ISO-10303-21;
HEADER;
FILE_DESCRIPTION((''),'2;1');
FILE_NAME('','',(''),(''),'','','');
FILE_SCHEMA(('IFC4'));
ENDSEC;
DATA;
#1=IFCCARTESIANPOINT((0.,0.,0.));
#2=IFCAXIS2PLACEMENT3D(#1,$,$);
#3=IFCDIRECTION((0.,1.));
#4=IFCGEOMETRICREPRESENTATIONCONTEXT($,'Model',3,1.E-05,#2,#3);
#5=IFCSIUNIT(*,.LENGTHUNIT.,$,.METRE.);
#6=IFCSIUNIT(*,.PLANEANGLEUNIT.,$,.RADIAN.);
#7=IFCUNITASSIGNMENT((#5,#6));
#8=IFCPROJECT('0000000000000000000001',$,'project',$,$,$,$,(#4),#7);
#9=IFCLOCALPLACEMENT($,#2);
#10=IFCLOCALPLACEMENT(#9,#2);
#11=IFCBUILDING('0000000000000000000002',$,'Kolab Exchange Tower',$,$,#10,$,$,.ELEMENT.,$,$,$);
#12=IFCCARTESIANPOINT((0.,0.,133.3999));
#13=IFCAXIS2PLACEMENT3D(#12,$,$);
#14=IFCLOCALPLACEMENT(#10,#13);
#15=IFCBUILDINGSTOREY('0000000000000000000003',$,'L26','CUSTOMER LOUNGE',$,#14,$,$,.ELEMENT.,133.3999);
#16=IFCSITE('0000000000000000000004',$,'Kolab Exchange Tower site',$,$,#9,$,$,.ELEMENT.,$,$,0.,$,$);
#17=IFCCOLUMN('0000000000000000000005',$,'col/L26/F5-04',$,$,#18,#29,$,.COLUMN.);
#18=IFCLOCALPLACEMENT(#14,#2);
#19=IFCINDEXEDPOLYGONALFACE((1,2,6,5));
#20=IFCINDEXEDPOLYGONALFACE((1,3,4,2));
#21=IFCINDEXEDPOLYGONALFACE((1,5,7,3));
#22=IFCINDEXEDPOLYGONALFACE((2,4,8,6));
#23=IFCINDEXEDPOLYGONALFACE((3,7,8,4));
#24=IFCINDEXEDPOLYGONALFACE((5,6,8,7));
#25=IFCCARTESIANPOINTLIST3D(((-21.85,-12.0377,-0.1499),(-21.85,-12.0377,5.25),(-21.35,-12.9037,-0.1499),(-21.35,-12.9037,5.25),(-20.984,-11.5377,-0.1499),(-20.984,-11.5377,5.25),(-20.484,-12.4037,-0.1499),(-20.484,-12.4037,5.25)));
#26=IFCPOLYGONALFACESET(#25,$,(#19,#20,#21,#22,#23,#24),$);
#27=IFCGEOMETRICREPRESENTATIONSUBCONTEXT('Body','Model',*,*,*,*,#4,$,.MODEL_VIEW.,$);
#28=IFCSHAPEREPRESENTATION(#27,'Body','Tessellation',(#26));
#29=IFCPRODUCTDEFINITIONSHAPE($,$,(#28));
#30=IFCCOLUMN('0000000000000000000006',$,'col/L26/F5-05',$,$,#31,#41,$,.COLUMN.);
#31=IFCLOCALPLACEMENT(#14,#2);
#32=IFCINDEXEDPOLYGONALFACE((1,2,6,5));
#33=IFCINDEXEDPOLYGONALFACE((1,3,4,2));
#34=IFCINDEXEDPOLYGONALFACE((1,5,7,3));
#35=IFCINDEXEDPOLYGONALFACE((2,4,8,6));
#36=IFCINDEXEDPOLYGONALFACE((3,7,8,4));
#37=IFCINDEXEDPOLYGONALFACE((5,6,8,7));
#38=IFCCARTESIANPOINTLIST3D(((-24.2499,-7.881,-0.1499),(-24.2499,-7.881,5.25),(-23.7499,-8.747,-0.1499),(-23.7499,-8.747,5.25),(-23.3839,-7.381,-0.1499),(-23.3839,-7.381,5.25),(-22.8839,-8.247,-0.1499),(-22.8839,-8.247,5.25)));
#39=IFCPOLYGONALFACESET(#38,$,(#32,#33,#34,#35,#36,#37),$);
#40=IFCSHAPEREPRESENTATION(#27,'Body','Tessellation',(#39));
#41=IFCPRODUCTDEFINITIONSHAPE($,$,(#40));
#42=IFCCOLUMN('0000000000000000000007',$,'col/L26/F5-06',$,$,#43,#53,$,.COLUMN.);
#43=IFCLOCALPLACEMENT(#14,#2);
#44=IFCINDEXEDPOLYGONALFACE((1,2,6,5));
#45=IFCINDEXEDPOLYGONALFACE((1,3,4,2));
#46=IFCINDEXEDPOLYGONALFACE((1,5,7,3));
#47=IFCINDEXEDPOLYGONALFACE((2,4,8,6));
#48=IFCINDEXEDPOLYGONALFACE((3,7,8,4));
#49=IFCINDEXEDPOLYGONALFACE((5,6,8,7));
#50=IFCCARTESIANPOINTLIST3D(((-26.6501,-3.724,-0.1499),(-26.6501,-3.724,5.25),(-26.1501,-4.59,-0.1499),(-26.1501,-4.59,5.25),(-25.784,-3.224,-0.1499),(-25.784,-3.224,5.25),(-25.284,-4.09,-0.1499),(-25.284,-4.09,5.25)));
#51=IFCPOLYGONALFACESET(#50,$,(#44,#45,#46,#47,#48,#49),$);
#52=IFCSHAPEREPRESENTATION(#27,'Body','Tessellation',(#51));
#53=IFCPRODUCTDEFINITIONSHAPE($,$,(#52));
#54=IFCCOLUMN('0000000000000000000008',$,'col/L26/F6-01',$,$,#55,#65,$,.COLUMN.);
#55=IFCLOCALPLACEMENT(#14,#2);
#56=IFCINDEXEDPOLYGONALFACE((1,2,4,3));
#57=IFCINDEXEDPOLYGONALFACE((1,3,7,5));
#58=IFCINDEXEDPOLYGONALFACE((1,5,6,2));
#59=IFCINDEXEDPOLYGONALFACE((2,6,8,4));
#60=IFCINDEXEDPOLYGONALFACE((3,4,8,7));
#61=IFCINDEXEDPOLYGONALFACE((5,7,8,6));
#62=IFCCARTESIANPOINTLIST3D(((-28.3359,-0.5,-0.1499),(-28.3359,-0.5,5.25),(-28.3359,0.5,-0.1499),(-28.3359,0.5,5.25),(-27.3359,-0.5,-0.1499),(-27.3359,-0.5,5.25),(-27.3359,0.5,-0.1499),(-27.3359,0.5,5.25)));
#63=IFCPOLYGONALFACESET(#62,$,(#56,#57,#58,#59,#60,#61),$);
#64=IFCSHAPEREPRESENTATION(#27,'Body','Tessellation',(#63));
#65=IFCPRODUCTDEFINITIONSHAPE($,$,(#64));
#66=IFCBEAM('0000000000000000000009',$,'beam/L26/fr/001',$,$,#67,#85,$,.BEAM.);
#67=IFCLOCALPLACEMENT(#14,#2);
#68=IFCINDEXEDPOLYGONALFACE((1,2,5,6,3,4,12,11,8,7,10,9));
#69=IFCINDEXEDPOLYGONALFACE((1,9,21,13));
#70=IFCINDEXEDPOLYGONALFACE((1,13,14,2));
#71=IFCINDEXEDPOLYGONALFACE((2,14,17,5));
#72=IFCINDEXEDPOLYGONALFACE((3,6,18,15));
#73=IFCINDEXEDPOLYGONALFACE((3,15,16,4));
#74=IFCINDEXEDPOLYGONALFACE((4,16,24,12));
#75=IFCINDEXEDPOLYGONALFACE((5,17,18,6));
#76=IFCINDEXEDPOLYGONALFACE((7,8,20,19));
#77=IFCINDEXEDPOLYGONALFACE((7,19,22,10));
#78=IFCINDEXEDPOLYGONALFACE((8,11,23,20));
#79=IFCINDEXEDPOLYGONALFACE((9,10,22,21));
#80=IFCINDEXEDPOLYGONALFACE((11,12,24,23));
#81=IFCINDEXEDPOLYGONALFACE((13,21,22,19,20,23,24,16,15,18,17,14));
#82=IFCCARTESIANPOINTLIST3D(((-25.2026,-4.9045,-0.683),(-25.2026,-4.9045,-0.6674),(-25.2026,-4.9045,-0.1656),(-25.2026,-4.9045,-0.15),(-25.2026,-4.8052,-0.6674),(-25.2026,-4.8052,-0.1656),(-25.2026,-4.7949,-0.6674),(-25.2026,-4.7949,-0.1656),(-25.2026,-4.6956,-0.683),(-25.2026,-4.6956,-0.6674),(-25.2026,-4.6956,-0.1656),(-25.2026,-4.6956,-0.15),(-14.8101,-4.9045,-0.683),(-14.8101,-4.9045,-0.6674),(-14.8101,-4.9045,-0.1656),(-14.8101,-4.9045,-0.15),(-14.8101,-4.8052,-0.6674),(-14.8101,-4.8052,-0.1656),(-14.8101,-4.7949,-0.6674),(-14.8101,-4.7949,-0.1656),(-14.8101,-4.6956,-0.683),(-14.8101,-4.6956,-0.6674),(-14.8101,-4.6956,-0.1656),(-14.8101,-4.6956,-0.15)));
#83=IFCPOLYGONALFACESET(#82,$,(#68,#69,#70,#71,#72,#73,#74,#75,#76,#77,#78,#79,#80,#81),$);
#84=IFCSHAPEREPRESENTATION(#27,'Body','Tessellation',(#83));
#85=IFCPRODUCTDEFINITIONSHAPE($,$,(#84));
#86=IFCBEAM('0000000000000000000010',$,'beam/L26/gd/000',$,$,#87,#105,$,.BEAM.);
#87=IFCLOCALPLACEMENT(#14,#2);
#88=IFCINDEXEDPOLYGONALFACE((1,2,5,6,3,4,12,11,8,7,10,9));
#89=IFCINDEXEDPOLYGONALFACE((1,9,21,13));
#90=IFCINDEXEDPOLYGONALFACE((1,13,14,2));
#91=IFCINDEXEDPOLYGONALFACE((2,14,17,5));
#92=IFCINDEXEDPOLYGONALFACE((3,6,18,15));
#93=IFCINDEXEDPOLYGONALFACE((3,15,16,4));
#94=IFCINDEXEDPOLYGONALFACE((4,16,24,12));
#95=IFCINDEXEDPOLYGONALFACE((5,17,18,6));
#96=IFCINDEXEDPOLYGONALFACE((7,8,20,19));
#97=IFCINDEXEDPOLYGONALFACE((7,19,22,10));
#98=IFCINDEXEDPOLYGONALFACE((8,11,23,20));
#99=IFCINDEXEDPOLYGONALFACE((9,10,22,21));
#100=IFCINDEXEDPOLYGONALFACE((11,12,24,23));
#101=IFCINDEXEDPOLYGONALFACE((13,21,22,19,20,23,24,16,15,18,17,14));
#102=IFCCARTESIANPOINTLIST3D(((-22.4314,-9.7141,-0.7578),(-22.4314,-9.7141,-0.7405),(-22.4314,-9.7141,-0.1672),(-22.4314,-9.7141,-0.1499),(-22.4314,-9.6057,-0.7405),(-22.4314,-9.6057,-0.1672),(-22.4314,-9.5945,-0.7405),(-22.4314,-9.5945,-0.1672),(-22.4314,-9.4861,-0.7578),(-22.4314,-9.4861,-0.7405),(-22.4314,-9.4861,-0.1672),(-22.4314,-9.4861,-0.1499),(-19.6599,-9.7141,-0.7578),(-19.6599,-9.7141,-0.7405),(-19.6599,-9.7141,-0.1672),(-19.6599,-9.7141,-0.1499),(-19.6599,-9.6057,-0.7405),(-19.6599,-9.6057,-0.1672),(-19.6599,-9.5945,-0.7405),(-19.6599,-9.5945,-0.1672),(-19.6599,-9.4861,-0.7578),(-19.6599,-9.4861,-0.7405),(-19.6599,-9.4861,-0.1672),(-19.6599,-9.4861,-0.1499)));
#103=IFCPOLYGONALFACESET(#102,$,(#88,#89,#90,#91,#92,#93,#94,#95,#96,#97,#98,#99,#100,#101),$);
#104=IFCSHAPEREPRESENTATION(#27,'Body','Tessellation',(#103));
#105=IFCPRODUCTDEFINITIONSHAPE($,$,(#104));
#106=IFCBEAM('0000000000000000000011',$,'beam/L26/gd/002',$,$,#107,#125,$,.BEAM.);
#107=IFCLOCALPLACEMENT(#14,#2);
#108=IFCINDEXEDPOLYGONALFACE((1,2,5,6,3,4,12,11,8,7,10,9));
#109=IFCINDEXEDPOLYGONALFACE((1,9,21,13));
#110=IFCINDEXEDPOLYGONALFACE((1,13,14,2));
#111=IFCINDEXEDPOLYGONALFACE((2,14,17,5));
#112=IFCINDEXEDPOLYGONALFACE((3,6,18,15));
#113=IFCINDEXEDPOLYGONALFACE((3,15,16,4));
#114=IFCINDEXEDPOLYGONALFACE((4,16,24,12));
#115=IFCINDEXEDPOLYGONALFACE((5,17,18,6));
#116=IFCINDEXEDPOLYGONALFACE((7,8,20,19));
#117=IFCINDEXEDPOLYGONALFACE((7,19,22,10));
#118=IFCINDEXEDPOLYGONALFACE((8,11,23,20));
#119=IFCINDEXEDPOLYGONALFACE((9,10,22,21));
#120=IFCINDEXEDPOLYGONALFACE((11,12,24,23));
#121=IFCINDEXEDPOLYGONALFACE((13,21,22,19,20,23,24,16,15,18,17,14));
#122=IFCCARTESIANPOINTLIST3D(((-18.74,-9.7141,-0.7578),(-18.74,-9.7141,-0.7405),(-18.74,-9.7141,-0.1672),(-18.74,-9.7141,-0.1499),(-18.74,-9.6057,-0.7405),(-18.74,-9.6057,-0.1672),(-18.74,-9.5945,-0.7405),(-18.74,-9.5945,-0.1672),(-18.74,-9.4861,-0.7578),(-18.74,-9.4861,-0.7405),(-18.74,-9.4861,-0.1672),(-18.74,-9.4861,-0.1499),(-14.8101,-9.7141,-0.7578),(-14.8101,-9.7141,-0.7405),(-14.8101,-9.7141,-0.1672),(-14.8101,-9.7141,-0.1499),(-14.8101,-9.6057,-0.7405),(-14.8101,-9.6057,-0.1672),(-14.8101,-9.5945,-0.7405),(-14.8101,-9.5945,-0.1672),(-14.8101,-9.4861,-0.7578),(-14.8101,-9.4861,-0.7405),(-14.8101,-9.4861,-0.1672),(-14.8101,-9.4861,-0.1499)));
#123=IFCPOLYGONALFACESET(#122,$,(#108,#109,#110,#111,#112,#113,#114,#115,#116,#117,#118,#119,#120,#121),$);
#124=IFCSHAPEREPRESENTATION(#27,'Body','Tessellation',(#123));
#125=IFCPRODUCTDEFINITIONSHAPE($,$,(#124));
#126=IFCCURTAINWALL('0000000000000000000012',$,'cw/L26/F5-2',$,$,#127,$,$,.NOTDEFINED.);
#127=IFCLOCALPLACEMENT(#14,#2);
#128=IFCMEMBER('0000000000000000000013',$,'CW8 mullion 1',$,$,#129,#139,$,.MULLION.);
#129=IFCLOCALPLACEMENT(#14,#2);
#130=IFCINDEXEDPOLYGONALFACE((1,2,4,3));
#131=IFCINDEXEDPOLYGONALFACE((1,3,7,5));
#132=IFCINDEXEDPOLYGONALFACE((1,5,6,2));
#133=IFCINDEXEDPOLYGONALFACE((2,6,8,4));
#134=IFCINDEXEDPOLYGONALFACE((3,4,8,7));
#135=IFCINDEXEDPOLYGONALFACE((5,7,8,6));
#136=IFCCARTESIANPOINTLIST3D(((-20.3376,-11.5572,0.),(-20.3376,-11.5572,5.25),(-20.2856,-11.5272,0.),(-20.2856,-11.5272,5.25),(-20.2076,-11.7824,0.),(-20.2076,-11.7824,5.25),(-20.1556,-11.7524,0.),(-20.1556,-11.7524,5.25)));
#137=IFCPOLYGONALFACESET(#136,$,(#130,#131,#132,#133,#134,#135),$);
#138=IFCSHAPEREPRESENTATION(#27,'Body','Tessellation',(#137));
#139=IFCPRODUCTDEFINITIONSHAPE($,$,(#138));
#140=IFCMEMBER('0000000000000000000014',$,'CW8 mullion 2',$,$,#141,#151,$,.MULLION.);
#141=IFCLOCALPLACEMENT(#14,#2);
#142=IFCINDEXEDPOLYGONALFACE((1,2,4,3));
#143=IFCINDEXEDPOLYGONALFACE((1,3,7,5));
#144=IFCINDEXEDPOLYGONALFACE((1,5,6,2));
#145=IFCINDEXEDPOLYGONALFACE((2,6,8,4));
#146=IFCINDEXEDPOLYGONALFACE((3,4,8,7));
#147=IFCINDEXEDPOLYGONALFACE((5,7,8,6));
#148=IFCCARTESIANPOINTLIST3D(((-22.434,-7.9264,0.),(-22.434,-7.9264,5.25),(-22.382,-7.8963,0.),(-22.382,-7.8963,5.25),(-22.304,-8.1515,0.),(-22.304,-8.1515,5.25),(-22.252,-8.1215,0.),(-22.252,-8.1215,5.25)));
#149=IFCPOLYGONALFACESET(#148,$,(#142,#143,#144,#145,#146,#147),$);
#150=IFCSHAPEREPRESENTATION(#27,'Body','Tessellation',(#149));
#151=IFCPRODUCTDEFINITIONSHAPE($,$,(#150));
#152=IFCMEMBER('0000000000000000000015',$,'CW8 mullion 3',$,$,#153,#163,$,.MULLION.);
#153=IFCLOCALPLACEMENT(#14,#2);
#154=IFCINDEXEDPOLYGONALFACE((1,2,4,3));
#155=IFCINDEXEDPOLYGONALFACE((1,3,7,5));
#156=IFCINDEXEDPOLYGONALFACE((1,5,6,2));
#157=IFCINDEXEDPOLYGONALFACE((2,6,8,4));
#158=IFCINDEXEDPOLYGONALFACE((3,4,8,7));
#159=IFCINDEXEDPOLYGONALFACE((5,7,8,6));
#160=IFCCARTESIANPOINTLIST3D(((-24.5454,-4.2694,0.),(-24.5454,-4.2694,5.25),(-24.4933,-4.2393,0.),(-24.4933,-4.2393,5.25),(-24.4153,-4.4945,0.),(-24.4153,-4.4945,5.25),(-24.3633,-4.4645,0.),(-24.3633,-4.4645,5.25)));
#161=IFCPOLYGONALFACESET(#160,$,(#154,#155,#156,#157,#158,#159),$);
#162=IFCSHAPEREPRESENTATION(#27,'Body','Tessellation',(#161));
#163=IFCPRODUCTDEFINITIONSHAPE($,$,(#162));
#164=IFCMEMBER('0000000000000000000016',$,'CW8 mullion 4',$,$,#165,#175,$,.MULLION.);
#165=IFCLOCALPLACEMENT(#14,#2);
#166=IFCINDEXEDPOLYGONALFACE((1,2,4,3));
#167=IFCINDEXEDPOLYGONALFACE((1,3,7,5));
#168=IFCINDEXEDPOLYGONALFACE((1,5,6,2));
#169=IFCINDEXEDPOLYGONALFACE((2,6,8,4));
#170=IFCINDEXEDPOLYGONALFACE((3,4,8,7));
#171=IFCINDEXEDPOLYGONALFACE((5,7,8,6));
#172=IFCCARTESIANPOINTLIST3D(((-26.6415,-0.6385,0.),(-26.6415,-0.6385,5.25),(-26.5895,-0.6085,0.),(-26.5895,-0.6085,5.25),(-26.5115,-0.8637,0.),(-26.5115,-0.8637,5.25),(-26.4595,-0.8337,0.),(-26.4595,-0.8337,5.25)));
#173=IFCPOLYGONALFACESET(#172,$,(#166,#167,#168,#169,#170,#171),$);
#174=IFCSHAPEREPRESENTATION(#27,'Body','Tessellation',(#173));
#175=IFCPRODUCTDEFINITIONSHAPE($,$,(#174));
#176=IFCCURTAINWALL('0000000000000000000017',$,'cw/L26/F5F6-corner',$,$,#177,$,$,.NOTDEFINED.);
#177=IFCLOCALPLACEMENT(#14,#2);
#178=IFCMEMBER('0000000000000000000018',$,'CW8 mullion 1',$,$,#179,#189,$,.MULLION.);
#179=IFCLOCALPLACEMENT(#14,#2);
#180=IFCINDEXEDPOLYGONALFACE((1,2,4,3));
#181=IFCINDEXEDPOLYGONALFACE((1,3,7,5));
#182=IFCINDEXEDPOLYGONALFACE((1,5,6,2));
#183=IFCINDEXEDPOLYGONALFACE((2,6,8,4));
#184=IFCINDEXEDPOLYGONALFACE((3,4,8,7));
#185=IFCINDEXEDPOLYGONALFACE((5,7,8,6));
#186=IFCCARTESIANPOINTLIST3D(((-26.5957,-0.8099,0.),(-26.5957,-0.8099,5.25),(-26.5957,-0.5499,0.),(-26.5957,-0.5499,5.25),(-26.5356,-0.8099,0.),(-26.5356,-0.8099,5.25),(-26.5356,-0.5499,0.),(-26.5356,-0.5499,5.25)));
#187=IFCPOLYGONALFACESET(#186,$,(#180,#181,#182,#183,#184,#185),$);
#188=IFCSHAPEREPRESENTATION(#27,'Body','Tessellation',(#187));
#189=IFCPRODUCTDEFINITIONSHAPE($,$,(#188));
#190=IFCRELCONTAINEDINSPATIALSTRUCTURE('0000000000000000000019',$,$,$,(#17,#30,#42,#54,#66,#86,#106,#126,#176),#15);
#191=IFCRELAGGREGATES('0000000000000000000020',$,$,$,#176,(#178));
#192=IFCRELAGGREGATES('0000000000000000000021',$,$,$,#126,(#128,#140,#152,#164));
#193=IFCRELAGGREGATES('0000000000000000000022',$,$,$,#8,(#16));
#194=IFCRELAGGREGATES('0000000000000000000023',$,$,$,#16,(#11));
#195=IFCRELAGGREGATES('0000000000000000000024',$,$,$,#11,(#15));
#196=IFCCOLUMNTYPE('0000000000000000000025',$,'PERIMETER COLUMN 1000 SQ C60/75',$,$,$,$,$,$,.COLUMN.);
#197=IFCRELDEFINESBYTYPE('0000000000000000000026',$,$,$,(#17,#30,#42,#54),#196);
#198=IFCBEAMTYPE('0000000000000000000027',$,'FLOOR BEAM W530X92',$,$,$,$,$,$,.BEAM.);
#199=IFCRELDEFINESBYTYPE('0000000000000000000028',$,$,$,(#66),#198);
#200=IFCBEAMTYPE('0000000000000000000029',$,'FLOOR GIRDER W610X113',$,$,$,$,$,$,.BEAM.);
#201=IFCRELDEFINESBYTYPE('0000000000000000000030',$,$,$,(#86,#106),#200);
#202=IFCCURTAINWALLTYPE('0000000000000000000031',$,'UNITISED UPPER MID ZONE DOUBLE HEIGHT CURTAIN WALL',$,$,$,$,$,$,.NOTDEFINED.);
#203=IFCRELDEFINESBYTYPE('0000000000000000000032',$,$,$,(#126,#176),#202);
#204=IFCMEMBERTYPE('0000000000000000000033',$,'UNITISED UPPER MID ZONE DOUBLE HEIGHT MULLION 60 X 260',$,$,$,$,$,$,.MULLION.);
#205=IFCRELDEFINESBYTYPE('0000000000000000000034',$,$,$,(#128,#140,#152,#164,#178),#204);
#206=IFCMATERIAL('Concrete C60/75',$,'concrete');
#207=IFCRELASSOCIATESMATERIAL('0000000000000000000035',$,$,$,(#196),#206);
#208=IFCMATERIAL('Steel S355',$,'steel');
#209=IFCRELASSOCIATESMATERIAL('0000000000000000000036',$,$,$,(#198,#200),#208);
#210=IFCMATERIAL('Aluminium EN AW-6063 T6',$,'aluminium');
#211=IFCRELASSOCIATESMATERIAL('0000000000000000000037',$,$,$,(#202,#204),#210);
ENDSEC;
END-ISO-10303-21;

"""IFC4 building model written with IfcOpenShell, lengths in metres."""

from ifc_helpers import new_model, si_unit, direction, frame, origin, origin_2d, place, context, subcontext, project, spatial, rectangle, i_section, extrude, material, material_profile, profile_set, type_object, element, aggregate, save


model = new_model("IFC4")

# Units and contexts
model_context = context("Model", 3, precision=1e-05, world=origin(), true_north=direction((0.0, 1.0)))
body_context = subcontext(model_context, "Body", "Model", "MODEL_VIEW")
ifc_project = project(units=[si_unit("LENGTHUNIT", "METRE"), si_unit("PLANEANGLEUNIT", "RADIAN")], contexts=[model_context])

# Site, building, storey
site_placement = place(None, origin())
site = spatial("IfcSite", under=ifc_project, at=site_placement, Name="Kolab Exchange Tower site", CompositionType="ELEMENT", RefElevation=0.0)
building_placement = place(site_placement, origin())
building = spatial("IfcBuilding", under=site, at=building_placement, Name="Kolab Exchange Tower", CompositionType="ELEMENT")
storey_placement = place(building_placement, frame((0.0, 0.0, 133.3999)))
storey = spatial("IfcBuildingStorey", under=building, at=storey_placement, Name="L26", Description="CUSTOMER LOUNGE", CompositionType="ELEMENT", Elevation=133.3999)

# Columns
ifc_material_1 = material(Name="Concrete C60/75", Category="concrete")
ifc_material_profile_1 = material_profile(ifc_material_1, rectangle(XDim=1.0, YDim=1.0, at=origin_2d()), Name="RC1000")
ifc_profile_set_1 = profile_set([ifc_material_profile_1], Name="Concrete C60/75")
column_type = type_object("IfcColumnType", Name="PERIMETER COLUMN 1000 SQ C60/75", PredefinedType="COLUMN", material=ifc_profile_set_1)
for number, where, z_axis, x_axis, name in (
    (1, (-21.167, -12.2207, -0.1499), (0.0, 0.0, 1.0), (0.866025, 0.5, 0.0), "col/L26/F5-04"),
    (2, (-23.5669, -8.064, -0.1499), (0.0, 0.0, 1.0), (0.866025, 0.5, 0.0), "col/L26/F5-05"),
    (3, (-25.967, -3.907, -0.1499), (0.0, 0.0, 1.0), (0.866025, 0.5, 0.0), "col/L26/F5-06"),
    (4, (-27.8359, 0.0, -0.1499), (0.0, 0.0, 1.0), (1.0, 0.0, 0.0), "col/L26/F6-01"),
):
    element("IfcColumn", number, at=place(storey_placement, frame(where, z_axis=z_axis, x_axis=x_axis)), inside=storey, type_object=column_type, Name=name, PredefinedType="COLUMN", context=body_context, shape_type="SweptSolid", body=[
        extrude(rectangle(XDim=1.0, YDim=1.0, at=origin_2d()), origin(), (0.0, 0.0, 1.0), 5.3999),
    ])

# Beams
ifc_material_2 = material(Name="Steel S355", Category="steel")
ifc_material_profile_2 = material_profile(ifc_material_2, i_section(OverallWidth=0.209, OverallDepth=0.533, WebThickness=0.0103, FlangeThickness=0.0156, at=origin_2d()), Name="W530X92")
ifc_profile_set_2 = profile_set([ifc_material_profile_2], Name="Steel S355")
beam_type_1 = type_object("IfcBeamType", Name="FLOOR BEAM W530X92", PredefinedType="BEAM", material=ifc_profile_set_2)
beam_1_placement = place(storey_placement, frame((-25.2026, -4.8, -0.4165), z_axis=(1.0, 0.0, 0.0), x_axis=(0.0, 1.0, 0.0)))
element("IfcBeam", 5, at=beam_1_placement, inside=storey, type_object=beam_type_1, Name="beam/L26/fr/001", PredefinedType="BEAM", context=body_context, shape_type="SweptSolid", body=[
    extrude(i_section(OverallWidth=0.209, OverallDepth=0.533, WebThickness=0.0103, FlangeThickness=0.0156, at=origin_2d()), origin(), (0.0, 0.0, 1.0), 10.3926),
])
ifc_material_profile_3 = material_profile(ifc_material_2, i_section(OverallWidth=0.228, OverallDepth=0.6079, WebThickness=0.0112, FlangeThickness=0.0173, at=origin_2d()), Name="W610X113")
ifc_profile_set_3 = profile_set([ifc_material_profile_3], Name="Steel S355")
beam_type_2 = type_object("IfcBeamType", Name="FLOOR GIRDER W610X113", PredefinedType="BEAM", material=ifc_profile_set_3)
beam_2_placement = place(storey_placement, frame((-22.4314, -9.6001, -0.4539), z_axis=(1.0, 0.0, 0.0), x_axis=(0.0, 1.0, 0.0)))
element("IfcBeam", 6, at=beam_2_placement, inside=storey, type_object=beam_type_2, Name="beam/L26/gd/000", PredefinedType="BEAM", context=body_context, shape_type="SweptSolid", body=[
    extrude(i_section(OverallWidth=0.228, OverallDepth=0.6079, WebThickness=0.0112, FlangeThickness=0.0173, at=origin_2d()), origin(), (0.0, 0.0, 1.0), 2.7715),
])
beam_3_placement = place(storey_placement, frame((-18.74, -9.6001, -0.4539), z_axis=(1.0, 0.0, 0.0), x_axis=(0.0, 1.0, 0.0)))
element("IfcBeam", 7, at=beam_3_placement, inside=storey, type_object=beam_type_2, Name="beam/L26/gd/002", PredefinedType="BEAM", context=body_context, shape_type="SweptSolid", body=[
    extrude(i_section(OverallWidth=0.228, OverallDepth=0.6079, WebThickness=0.0112, FlangeThickness=0.0173, at=origin_2d()), origin(), (0.0, 0.0, 1.0), 3.9299),
])

# Curtain wall, members
ifc_material_3 = material(Name="Aluminium EN AW-6063 T6", Category="aluminium")
curtain_wall_type = type_object("IfcCurtainWallType", Name="UNITISED UPPER MID ZONE DOUBLE HEIGHT CURTAIN WALL", PredefinedType="NOTDEFINED", material=ifc_material_3)
curtain_wall_1_placement = place(storey_placement, origin())
curtain_wall_1 = element("IfcCurtainWall", 8, at=curtain_wall_1_placement, inside=storey, type_object=curtain_wall_type, Name="cw/L26/F5-2", PredefinedType="NOTDEFINED")
ifc_material_profile_4 = material_profile(ifc_material_3, rectangle(XDim=0.0601, YDim=0.26, at=origin_2d()), Name="RECT 60X260")
ifc_profile_set_4 = profile_set([ifc_material_profile_4], Name="Aluminium EN AW-6063 T6")
member_type_1 = type_object("IfcMemberType", Name="UNITISED UPPER MID ZONE DOUBLE HEIGHT MULLION 60 X 260", PredefinedType="MULLION", material=ifc_profile_set_4)
member_1_placement = place(storey_placement, frame((-20.2466, -11.6548, 0.0), z_axis=(0.0, 0.0, 1.0), x_axis=(-0.866025, -0.5, 0.0)))
member_1 = element("IfcMember", 9, at=member_1_placement, type_object=member_type_1, Name="CW8 mullion 1", PredefinedType="MULLION", context=body_context, shape_type="SweptSolid", body=[
    extrude(rectangle(XDim=0.0601, YDim=0.26, at=origin_2d()), origin(), (0.0, 0.0, 1.0), 5.25),
])
member_2_placement = place(storey_placement, frame((-22.343, -8.0239, 0.0), z_axis=(0.0, 0.0, 1.0), x_axis=(-0.866025, -0.5, 0.0)))
member_2 = element("IfcMember", 10, at=member_2_placement, type_object=member_type_1, Name="CW8 mullion 2", PredefinedType="MULLION", context=body_context, shape_type="SweptSolid", body=[
    extrude(rectangle(XDim=0.0601, YDim=0.26, at=origin_2d()), origin(), (0.0, 0.0, 1.0), 5.25),
])
member_3_placement = place(storey_placement, frame((-24.4543, -4.3669, 0.0), z_axis=(0.0, 0.0, 1.0), x_axis=(-0.866025, -0.5, 0.0)))
member_3 = element("IfcMember", 11, at=member_3_placement, type_object=member_type_1, Name="CW8 mullion 3", PredefinedType="MULLION", context=body_context, shape_type="SweptSolid", body=[
    extrude(rectangle(XDim=0.0601, YDim=0.26, at=origin_2d()), origin(), (0.0, 0.0, 1.0), 5.25),
])
member_4_placement = place(storey_placement, frame((-26.5505, -0.7361, 0.0), z_axis=(0.0, 0.0, 1.0), x_axis=(-0.866025, -0.5, 0.0)))
member_4 = element("IfcMember", 12, at=member_4_placement, type_object=member_type_1, Name="CW8 mullion 4", PredefinedType="MULLION", context=body_context, shape_type="SweptSolid", body=[
    extrude(rectangle(XDim=0.0601, YDim=0.26, at=origin_2d()), origin(), (0.0, 0.0, 1.0), 5.25),
])

# Curtain wall, member
curtain_wall_2_placement = place(storey_placement, origin())
curtain_wall_2 = element("IfcCurtainWall", 13, at=curtain_wall_2_placement, inside=storey, type_object=curtain_wall_type, Name="cw/L26/F5F6-corner", PredefinedType="NOTDEFINED")
member_5_placement = place(storey_placement, frame((-26.5657, -0.6799, 0.0), z_axis=(0.0, 0.0, 1.0), x_axis=(-1.0, 0.0, 0.0)))
member_5 = element("IfcMember", 14, at=member_5_placement, type_object=member_type_1, Name="CW8 mullion 1", PredefinedType="MULLION", context=body_context, shape_type="SweptSolid", body=[
    extrude(rectangle(XDim=0.0601, YDim=0.26, at=origin_2d()), origin(), (0.0, 0.0, 1.0), 5.25),
])

aggregate(curtain_wall_2, [member_5])

aggregate(curtain_wall_1, [member_1, member_2, member_3, member_4])

save(model, "model.ifc")
